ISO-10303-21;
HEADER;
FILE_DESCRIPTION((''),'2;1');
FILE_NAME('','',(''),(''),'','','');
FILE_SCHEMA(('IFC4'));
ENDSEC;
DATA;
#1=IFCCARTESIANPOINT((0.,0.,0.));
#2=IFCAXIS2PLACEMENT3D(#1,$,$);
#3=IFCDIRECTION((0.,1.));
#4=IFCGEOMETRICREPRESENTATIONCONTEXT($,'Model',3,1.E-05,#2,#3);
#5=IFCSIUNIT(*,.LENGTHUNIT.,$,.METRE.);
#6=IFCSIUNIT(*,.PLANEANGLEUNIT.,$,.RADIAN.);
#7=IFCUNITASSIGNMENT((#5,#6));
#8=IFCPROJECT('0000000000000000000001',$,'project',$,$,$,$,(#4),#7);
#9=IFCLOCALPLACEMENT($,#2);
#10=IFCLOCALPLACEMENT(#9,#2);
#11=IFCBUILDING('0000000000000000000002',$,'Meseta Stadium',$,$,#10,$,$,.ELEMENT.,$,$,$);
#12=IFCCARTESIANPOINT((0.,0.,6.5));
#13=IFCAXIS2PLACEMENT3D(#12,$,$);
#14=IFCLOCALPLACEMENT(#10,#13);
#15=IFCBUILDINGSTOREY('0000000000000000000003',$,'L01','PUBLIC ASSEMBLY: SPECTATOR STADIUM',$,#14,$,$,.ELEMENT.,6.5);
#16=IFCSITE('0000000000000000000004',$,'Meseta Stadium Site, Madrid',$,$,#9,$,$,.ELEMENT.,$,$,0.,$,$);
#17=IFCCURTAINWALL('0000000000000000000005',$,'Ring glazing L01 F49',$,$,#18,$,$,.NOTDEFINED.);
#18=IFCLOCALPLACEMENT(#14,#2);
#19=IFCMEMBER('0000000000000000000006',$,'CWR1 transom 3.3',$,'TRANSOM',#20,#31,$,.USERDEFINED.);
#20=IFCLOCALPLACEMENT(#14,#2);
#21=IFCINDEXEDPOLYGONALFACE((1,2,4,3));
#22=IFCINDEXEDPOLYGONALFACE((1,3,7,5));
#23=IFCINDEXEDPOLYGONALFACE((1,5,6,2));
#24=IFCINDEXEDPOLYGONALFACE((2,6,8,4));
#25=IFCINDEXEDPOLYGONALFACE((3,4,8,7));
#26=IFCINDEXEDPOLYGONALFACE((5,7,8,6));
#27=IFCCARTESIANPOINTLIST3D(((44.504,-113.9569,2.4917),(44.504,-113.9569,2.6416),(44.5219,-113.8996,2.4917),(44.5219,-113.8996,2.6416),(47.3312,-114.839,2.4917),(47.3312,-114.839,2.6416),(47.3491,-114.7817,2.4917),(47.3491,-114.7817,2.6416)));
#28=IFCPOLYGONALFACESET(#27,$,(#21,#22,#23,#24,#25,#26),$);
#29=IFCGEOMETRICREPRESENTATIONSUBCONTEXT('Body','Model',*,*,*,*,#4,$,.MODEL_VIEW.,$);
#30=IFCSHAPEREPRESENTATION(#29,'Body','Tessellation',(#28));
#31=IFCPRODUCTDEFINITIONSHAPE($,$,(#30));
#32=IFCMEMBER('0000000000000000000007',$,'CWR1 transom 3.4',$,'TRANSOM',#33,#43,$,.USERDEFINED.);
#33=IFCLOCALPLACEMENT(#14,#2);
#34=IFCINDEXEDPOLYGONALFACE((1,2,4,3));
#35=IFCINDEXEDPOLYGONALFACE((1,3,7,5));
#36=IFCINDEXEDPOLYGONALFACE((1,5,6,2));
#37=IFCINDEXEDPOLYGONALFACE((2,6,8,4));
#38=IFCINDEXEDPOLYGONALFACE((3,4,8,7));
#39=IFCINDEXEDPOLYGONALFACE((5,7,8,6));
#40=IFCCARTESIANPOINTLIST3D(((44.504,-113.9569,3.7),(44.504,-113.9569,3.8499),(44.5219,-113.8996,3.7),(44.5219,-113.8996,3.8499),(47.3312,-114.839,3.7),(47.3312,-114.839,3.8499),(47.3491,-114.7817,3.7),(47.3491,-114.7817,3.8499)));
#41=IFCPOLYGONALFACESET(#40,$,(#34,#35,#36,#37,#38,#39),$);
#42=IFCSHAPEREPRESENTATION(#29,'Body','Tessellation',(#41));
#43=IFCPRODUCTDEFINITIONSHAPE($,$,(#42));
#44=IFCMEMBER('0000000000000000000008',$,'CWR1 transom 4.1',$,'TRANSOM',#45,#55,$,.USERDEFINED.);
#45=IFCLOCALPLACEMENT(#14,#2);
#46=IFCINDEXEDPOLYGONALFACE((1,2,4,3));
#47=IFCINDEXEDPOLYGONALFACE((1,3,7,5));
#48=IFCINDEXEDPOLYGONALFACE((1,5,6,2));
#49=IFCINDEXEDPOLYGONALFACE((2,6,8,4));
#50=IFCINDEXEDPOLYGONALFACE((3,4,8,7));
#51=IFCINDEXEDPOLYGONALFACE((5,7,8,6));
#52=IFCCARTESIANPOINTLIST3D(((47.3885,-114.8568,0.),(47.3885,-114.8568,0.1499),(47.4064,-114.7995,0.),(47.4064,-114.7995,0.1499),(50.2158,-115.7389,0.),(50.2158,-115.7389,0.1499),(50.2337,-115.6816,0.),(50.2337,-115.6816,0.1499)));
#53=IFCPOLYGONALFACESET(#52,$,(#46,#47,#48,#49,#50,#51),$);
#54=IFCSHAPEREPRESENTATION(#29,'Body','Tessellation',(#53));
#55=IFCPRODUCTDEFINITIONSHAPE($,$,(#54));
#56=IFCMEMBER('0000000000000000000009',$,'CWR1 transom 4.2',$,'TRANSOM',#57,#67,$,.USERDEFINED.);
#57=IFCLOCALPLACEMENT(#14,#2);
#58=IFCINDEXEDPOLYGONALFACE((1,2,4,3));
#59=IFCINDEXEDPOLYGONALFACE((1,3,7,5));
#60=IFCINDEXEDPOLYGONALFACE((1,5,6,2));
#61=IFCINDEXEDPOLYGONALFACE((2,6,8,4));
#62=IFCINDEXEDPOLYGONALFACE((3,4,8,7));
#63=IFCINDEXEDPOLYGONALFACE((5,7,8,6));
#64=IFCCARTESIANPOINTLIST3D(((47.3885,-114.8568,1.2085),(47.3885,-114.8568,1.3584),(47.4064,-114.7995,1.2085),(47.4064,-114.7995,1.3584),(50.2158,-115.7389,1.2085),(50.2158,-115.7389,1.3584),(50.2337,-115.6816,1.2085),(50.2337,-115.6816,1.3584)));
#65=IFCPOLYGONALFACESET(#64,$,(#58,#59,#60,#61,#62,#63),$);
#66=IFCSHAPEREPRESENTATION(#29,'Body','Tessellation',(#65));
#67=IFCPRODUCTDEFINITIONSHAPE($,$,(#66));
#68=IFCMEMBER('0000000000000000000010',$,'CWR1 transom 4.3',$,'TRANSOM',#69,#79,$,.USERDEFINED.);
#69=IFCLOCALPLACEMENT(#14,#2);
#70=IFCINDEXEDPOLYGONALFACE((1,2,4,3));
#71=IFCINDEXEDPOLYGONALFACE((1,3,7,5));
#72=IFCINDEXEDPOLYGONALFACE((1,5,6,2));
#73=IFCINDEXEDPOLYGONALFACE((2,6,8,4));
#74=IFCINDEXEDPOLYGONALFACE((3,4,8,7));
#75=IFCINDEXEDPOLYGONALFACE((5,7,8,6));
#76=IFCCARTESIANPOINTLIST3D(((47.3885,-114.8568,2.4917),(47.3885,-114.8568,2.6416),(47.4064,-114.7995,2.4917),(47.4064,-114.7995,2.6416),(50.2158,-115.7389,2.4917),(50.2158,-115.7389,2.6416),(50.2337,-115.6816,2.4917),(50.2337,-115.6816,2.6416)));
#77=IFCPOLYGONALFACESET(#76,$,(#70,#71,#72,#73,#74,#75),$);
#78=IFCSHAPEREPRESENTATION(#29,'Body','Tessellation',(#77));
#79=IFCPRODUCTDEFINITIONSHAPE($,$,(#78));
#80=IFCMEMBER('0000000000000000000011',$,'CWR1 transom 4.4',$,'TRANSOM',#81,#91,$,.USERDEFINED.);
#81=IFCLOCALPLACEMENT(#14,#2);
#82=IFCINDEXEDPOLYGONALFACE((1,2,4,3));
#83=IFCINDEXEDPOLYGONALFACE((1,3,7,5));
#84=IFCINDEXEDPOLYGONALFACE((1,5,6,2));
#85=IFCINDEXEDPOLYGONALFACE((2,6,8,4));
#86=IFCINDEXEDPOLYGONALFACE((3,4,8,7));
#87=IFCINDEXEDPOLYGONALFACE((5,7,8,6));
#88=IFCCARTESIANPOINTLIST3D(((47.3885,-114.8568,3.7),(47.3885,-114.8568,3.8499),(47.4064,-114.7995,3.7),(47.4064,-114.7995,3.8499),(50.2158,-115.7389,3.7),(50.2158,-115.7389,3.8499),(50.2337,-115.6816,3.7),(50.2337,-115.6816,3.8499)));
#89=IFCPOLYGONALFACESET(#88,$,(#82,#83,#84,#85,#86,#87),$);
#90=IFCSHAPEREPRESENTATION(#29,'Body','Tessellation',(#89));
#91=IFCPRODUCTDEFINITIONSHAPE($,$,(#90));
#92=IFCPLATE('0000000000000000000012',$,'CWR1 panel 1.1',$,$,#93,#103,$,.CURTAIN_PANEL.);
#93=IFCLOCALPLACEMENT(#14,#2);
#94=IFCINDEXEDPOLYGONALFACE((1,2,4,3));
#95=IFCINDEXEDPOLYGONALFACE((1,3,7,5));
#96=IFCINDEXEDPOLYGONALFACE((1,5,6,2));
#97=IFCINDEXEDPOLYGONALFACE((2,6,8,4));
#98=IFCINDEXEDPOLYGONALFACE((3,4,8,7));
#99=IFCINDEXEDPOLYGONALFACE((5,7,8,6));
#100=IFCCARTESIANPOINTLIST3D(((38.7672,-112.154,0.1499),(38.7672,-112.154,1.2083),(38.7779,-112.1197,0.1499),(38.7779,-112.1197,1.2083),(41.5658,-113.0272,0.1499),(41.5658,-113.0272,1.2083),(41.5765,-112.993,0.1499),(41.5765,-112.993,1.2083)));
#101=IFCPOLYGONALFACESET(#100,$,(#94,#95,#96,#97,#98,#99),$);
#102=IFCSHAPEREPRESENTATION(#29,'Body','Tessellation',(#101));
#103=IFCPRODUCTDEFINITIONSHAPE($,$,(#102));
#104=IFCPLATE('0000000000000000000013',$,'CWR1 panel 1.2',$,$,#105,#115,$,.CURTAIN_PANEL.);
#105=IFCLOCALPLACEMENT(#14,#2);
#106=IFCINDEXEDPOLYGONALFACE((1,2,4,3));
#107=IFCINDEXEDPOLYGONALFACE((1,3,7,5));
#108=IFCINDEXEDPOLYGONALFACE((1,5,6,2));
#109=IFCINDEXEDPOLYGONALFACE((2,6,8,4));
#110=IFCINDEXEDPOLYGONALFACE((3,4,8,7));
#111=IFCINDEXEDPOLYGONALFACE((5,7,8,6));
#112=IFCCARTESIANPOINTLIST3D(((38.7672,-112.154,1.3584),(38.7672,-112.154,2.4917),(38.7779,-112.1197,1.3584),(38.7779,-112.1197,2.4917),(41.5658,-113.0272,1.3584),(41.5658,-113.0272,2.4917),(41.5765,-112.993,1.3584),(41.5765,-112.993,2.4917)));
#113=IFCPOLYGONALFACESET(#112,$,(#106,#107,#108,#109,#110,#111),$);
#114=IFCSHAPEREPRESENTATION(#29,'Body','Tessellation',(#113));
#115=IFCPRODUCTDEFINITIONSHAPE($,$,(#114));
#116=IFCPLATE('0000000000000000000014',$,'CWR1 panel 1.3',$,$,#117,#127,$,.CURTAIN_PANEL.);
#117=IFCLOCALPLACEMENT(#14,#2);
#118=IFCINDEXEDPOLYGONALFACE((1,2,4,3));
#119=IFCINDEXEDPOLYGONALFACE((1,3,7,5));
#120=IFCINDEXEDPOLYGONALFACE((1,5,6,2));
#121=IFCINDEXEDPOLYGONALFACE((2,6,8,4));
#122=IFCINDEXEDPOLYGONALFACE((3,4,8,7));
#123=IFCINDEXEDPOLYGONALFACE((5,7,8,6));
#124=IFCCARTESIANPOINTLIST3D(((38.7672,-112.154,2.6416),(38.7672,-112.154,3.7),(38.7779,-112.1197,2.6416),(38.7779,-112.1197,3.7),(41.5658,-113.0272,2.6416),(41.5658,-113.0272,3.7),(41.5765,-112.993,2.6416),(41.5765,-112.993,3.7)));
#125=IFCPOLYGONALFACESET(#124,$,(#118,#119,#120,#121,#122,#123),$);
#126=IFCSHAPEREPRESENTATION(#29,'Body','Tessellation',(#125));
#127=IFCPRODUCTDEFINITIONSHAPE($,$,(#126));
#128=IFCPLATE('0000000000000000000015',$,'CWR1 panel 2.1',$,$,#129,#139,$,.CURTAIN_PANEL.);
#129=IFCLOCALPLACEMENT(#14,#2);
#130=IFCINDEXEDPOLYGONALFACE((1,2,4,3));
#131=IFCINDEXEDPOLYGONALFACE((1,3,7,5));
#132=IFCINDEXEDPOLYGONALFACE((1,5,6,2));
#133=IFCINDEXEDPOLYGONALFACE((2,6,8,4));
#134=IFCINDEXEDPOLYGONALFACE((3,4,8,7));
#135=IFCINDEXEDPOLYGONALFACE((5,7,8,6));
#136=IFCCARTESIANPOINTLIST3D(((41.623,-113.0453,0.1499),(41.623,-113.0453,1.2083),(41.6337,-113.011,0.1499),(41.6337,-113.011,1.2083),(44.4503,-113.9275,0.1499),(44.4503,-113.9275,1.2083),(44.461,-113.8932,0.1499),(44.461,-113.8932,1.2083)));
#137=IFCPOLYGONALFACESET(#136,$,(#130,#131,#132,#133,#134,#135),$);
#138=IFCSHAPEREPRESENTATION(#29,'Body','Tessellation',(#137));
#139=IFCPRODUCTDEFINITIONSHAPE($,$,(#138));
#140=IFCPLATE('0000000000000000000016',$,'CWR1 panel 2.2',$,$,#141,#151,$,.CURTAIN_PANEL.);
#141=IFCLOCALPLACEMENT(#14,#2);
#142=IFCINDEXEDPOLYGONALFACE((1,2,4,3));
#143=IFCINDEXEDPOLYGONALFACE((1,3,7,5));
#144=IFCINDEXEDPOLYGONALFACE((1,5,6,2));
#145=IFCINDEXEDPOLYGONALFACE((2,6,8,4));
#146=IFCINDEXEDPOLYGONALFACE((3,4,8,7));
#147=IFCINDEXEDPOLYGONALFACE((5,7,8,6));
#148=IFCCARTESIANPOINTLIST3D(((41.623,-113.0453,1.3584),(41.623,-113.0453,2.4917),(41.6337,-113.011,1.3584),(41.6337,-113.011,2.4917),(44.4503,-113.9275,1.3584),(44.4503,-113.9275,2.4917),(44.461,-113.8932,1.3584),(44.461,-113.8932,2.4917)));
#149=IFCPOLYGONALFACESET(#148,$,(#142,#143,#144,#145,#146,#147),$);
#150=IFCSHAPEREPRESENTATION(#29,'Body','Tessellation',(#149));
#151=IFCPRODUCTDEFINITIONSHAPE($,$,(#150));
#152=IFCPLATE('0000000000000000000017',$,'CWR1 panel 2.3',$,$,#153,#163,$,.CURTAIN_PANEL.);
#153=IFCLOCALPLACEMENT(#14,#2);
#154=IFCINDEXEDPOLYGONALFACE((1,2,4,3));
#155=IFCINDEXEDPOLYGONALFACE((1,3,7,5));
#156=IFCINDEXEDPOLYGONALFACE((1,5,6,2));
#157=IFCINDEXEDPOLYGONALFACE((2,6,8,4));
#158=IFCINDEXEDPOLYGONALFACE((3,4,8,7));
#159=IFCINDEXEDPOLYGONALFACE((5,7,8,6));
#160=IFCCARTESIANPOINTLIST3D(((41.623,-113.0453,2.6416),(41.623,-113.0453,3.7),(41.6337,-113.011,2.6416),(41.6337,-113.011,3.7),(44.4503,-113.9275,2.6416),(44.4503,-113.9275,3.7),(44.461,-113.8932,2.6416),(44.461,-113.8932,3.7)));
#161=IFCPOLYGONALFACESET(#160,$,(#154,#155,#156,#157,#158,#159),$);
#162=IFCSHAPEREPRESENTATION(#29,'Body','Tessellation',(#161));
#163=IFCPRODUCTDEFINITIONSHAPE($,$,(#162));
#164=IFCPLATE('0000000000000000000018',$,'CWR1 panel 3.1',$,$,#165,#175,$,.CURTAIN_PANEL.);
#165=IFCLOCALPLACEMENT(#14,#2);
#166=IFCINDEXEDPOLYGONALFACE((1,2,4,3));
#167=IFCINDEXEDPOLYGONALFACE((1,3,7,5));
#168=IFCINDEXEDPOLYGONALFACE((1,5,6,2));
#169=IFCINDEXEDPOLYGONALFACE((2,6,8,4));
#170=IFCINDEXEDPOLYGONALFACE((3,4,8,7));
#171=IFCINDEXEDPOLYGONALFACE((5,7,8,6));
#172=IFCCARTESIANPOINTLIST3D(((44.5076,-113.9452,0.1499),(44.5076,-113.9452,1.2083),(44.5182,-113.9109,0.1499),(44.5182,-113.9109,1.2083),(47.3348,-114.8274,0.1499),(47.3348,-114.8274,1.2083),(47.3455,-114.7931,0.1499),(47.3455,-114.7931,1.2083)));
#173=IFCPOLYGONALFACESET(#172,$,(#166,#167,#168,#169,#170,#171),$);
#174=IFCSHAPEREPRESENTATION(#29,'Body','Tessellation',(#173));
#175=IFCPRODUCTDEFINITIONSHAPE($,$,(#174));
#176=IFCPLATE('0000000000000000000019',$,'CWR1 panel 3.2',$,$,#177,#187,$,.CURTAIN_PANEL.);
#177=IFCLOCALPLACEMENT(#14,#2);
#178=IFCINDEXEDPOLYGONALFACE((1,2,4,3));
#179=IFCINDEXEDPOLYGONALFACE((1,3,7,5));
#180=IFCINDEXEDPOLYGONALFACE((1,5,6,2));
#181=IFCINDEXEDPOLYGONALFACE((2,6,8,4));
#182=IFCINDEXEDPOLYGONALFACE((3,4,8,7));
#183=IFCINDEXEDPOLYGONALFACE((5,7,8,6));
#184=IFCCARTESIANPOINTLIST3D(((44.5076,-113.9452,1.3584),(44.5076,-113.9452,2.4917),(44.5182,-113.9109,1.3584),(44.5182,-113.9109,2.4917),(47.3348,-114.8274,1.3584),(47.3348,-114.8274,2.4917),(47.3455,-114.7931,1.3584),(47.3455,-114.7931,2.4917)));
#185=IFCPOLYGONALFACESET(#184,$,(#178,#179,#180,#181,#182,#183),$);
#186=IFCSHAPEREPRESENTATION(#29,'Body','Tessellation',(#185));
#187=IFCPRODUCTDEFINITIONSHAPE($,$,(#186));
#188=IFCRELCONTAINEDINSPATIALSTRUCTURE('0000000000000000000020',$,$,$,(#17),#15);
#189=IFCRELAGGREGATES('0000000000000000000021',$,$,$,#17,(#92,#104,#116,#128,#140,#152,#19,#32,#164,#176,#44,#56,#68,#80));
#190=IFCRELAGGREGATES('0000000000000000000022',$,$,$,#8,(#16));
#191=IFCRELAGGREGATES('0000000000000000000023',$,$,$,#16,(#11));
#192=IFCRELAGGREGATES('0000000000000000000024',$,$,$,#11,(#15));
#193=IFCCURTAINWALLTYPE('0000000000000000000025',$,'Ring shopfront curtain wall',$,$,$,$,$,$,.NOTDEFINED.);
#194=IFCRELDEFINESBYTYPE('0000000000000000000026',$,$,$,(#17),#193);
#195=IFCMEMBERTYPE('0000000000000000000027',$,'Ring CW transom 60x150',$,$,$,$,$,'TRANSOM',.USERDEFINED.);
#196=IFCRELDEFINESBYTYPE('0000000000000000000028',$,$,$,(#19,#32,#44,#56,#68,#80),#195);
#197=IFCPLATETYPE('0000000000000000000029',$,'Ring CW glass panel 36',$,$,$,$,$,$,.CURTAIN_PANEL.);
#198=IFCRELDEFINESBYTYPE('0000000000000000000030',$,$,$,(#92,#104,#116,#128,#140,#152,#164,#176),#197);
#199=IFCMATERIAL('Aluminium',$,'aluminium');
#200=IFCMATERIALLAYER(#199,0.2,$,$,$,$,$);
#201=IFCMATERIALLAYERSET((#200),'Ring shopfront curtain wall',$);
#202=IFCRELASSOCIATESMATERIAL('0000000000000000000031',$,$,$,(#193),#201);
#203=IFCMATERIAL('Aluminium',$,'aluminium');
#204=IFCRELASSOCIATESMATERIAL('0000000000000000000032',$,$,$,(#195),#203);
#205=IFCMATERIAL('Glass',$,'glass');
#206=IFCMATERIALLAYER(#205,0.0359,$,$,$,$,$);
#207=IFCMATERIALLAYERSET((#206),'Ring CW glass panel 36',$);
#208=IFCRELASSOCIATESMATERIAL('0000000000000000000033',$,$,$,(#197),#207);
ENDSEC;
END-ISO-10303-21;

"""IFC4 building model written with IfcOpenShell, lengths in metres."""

from ifc_helpers import new_model, si_unit, direction, frame, origin, origin_2d, place, context, subcontext, project, spatial, rectangle, extrude, material, layer, layer_set, material_profile, profile_set, type_object, element, aggregate, save


model = new_model("IFC4")

# Units and contexts
model_context = context("Model", 3, precision=1e-05, world=origin(), true_north=direction((0.0, 1.0)))
body_context = subcontext(model_context, "Body", "Model", "MODEL_VIEW")
ifc_project = project(units=[si_unit("LENGTHUNIT", "METRE"), si_unit("PLANEANGLEUNIT", "RADIAN")], contexts=[model_context])

# Site, building, storey
site_placement = place(None, origin())
site = spatial("IfcSite", under=ifc_project, at=site_placement, Name="Meseta Stadium Site, Madrid", CompositionType="ELEMENT", RefElevation=0.0)
building_placement = place(site_placement, origin())
building = spatial("IfcBuilding", under=site, at=building_placement, Name="Meseta Stadium", CompositionType="ELEMENT")
storey_placement = place(building_placement, frame((0.0, 0.0, 6.5)))
storey = spatial("IfcBuildingStorey", under=building, at=storey_placement, Name="L01", Description="PUBLIC ASSEMBLY: SPECTATOR STADIUM", CompositionType="ELEMENT", Elevation=6.5)

# Curtain wall, members, plates
ifc_material_1 = material(Name="Aluminium", Category="aluminium")
ifc_layer_1 = layer(ifc_material_1, 0.2)
ifc_layer_set_1 = layer_set([ifc_layer_1], Name="Ring shopfront curtain wall")
curtain_wall_type = type_object("IfcCurtainWallType", Name="Ring shopfront curtain wall", PredefinedType="NOTDEFINED", material=ifc_layer_set_1)
curtain_wall_placement = place(storey_placement, origin())
curtain_wall = element("IfcCurtainWall", 1, at=curtain_wall_placement, inside=storey, type_object=curtain_wall_type, Name="Ring glazing L01 F49", PredefinedType="NOTDEFINED")
ifc_material_2 = material(Name="Aluminium", Category="aluminium")
ifc_material_profile_1 = material_profile(ifc_material_2, rectangle(XDim=0.0601, YDim=0.1499, at=origin_2d()), Name="CW 60x150")
ifc_profile_set_1 = profile_set([ifc_material_profile_1], Name="Aluminium")
member_type_1 = type_object("IfcMemberType", Name="Ring CW transom 60x150", ElementType="TRANSOM", PredefinedType="USERDEFINED", material=ifc_profile_set_1)
member_1_placement = place(storey_placement, frame((44.5129, -113.9282, 2.5667), z_axis=(0.954615, -0.297843, 0.0), x_axis=(0.297843, 0.954615, 0.0)))
member_1 = element("IfcMember", 2, at=member_1_placement, type_object=member_type_1, Name="CWR1 transom 3.3", ObjectType="TRANSOM", PredefinedType="USERDEFINED", context=body_context, shape_type="SweptSolid", body=[
    extrude(rectangle(XDim=0.0601, YDim=0.1499, at=origin_2d()), origin(), (0.0, 0.0, 1.0), 2.9617),
])
member_2_placement = place(storey_placement, frame((44.5129, -113.9282, 3.7749), z_axis=(0.954615, -0.297843, 0.0), x_axis=(0.297843, 0.954615, 0.0)))
member_2 = element("IfcMember", 3, at=member_2_placement, type_object=member_type_1, Name="CWR1 transom 3.4", ObjectType="TRANSOM", PredefinedType="USERDEFINED", context=body_context, shape_type="SweptSolid", body=[
    extrude(rectangle(XDim=0.0601, YDim=0.1499, at=origin_2d()), origin(), (0.0, 0.0, 1.0), 2.9617),
])
member_3_placement = place(storey_placement, frame((47.3975, -114.8281, 0.075), z_axis=(0.954615, -0.297843, 0.0), x_axis=(0.297843, 0.954615, 0.0)))
member_3 = element("IfcMember", 4, at=member_3_placement, type_object=member_type_1, Name="CWR1 transom 4.1", ObjectType="TRANSOM", PredefinedType="USERDEFINED", context=body_context, shape_type="SweptSolid", body=[
    extrude(rectangle(XDim=0.0601, YDim=0.1499, at=origin_2d()), origin(), (0.0, 0.0, 1.0), 2.9617),
])
member_4_placement = place(storey_placement, frame((47.3975, -114.8281, 1.2834), z_axis=(0.954615, -0.297843, 0.0), x_axis=(0.297843, 0.954615, 0.0)))
member_4 = element("IfcMember", 5, at=member_4_placement, type_object=member_type_1, Name="CWR1 transom 4.2", ObjectType="TRANSOM", PredefinedType="USERDEFINED", context=body_context, shape_type="SweptSolid", body=[
    extrude(rectangle(XDim=0.0601, YDim=0.1499, at=origin_2d()), origin(), (0.0, 0.0, 1.0), 2.9617),
])
member_5_placement = place(storey_placement, frame((47.3975, -114.8281, 2.5667), z_axis=(0.954615, -0.297843, 0.0), x_axis=(0.297843, 0.954615, 0.0)))
member_5 = element("IfcMember", 6, at=member_5_placement, type_object=member_type_1, Name="CWR1 transom 4.3", ObjectType="TRANSOM", PredefinedType="USERDEFINED", context=body_context, shape_type="SweptSolid", body=[
    extrude(rectangle(XDim=0.0601, YDim=0.1499, at=origin_2d()), origin(), (0.0, 0.0, 1.0), 2.9617),
])
member_6_placement = place(storey_placement, frame((47.3975, -114.8281, 3.7749), z_axis=(0.954615, -0.297843, 0.0), x_axis=(0.297843, 0.954615, 0.0)))
member_6 = element("IfcMember", 7, at=member_6_placement, type_object=member_type_1, Name="CWR1 transom 4.4", ObjectType="TRANSOM", PredefinedType="USERDEFINED", context=body_context, shape_type="SweptSolid", body=[
    extrude(rectangle(XDim=0.0601, YDim=0.1499, at=origin_2d()), origin(), (0.0, 0.0, 1.0), 2.9617),
])
ifc_material_3 = material(Name="Glass", Category="glass")
ifc_layer_2 = layer(ifc_material_3, 0.0359)
ifc_layer_set_2 = layer_set([ifc_layer_2], Name="Ring CW glass panel 36")
plate_type_1 = type_object("IfcPlateType", Name="Ring CW glass panel 36", PredefinedType="CURTAIN_PANEL", material=ifc_layer_set_2)
plate_1_placement = place(storey_placement, frame((40.1719, -112.5735, 0.1499), z_axis=(0.0, 0.0, 1.0), x_axis=(0.954609, -0.297861, 0.0)))
plate_1 = element("IfcPlate", 8, at=plate_1_placement, type_object=plate_type_1, Name="CWR1 panel 1.1", PredefinedType="CURTAIN_PANEL", context=body_context, shape_type="SweptSolid", body=[
    extrude(rectangle(XDim=2.9316, YDim=0.0359, at=origin_2d()), origin(), (0.0, 0.0, 1.0), 1.0583),
])
plate_2_placement = place(storey_placement, frame((40.1719, -112.5735, 1.3584), z_axis=(0.0, 0.0, 1.0), x_axis=(0.954609, -0.297861, 0.0)))
plate_2 = element("IfcPlate", 9, at=plate_2_placement, type_object=plate_type_1, Name="CWR1 panel 1.2", PredefinedType="CURTAIN_PANEL", context=body_context, shape_type="SweptSolid", body=[
    extrude(rectangle(XDim=2.9316, YDim=0.0359, at=origin_2d()), origin(), (0.0, 0.0, 1.0), 1.1333),
])
plate_3_placement = place(storey_placement, frame((40.1719, -112.5735, 2.6416), z_axis=(0.0, 0.0, 1.0), x_axis=(0.954609, -0.297861, 0.0)))
plate_3 = element("IfcPlate", 10, at=plate_3_placement, type_object=plate_type_1, Name="CWR1 panel 1.3", PredefinedType="CURTAIN_PANEL", context=body_context, shape_type="SweptSolid", body=[
    extrude(rectangle(XDim=2.9316, YDim=0.0359, at=origin_2d()), origin(), (0.0, 0.0, 1.0), 1.0583),
])
plate_4_placement = place(storey_placement, frame((43.042, -113.4692, 0.1499), z_axis=(0.0, 0.0, 1.0), x_axis=(0.954609, -0.297861, 0.0)))
plate_4 = element("IfcPlate", 11, at=plate_4_placement, type_object=plate_type_1, Name="CWR1 panel 2.1", PredefinedType="CURTAIN_PANEL", context=body_context, shape_type="SweptSolid", body=[
    extrude(rectangle(XDim=2.9617, YDim=0.0359, at=origin_2d()), origin(), (0.0, 0.0, 1.0), 1.0583),
])
plate_5_placement = place(storey_placement, frame((43.042, -113.4692, 1.3584), z_axis=(0.0, 0.0, 1.0), x_axis=(0.954609, -0.297861, 0.0)))
plate_5 = element("IfcPlate", 12, at=plate_5_placement, type_object=plate_type_1, Name="CWR1 panel 2.2", PredefinedType="CURTAIN_PANEL", context=body_context, shape_type="SweptSolid", body=[
    extrude(rectangle(XDim=2.9617, YDim=0.0359, at=origin_2d()), origin(), (0.0, 0.0, 1.0), 1.1333),
])
plate_6_placement = place(storey_placement, frame((43.042, -113.4692, 2.6416), z_axis=(0.0, 0.0, 1.0), x_axis=(0.954609, -0.297861, 0.0)))
plate_6 = element("IfcPlate", 13, at=plate_6_placement, type_object=plate_type_1, Name="CWR1 panel 2.3", PredefinedType="CURTAIN_PANEL", context=body_context, shape_type="SweptSolid", body=[
    extrude(rectangle(XDim=2.9617, YDim=0.0359, at=origin_2d()), origin(), (0.0, 0.0, 1.0), 1.0583),
])
plate_7_placement = place(storey_placement, frame((45.9265, -114.3691, 0.1499), z_axis=(0.0, 0.0, 1.0), x_axis=(0.954609, -0.297861, 0.0)))
plate_7 = element("IfcPlate", 14, at=plate_7_placement, type_object=plate_type_1, Name="CWR1 panel 3.1", PredefinedType="CURTAIN_PANEL", context=body_context, shape_type="SweptSolid", body=[
    extrude(rectangle(XDim=2.9617, YDim=0.0359, at=origin_2d()), origin(), (0.0, 0.0, 1.0), 1.0583),
])
plate_8_placement = place(storey_placement, frame((45.9265, -114.3691, 1.3584), z_axis=(0.0, 0.0, 1.0), x_axis=(0.954609, -0.297861, 0.0)))
plate_8 = element("IfcPlate", 15, at=plate_8_placement, type_object=plate_type_1, Name="CWR1 panel 3.2", PredefinedType="CURTAIN_PANEL", context=body_context, shape_type="SweptSolid", body=[
    extrude(rectangle(XDim=2.9617, YDim=0.0359, at=origin_2d()), origin(), (0.0, 0.0, 1.0), 1.1333),
])
aggregate(curtain_wall, [plate_1, plate_2, plate_3, plate_4, plate_5, plate_6, member_1, member_2, plate_7, plate_8, member_3, member_4, member_5, member_6])

save(model, "model.ifc")
